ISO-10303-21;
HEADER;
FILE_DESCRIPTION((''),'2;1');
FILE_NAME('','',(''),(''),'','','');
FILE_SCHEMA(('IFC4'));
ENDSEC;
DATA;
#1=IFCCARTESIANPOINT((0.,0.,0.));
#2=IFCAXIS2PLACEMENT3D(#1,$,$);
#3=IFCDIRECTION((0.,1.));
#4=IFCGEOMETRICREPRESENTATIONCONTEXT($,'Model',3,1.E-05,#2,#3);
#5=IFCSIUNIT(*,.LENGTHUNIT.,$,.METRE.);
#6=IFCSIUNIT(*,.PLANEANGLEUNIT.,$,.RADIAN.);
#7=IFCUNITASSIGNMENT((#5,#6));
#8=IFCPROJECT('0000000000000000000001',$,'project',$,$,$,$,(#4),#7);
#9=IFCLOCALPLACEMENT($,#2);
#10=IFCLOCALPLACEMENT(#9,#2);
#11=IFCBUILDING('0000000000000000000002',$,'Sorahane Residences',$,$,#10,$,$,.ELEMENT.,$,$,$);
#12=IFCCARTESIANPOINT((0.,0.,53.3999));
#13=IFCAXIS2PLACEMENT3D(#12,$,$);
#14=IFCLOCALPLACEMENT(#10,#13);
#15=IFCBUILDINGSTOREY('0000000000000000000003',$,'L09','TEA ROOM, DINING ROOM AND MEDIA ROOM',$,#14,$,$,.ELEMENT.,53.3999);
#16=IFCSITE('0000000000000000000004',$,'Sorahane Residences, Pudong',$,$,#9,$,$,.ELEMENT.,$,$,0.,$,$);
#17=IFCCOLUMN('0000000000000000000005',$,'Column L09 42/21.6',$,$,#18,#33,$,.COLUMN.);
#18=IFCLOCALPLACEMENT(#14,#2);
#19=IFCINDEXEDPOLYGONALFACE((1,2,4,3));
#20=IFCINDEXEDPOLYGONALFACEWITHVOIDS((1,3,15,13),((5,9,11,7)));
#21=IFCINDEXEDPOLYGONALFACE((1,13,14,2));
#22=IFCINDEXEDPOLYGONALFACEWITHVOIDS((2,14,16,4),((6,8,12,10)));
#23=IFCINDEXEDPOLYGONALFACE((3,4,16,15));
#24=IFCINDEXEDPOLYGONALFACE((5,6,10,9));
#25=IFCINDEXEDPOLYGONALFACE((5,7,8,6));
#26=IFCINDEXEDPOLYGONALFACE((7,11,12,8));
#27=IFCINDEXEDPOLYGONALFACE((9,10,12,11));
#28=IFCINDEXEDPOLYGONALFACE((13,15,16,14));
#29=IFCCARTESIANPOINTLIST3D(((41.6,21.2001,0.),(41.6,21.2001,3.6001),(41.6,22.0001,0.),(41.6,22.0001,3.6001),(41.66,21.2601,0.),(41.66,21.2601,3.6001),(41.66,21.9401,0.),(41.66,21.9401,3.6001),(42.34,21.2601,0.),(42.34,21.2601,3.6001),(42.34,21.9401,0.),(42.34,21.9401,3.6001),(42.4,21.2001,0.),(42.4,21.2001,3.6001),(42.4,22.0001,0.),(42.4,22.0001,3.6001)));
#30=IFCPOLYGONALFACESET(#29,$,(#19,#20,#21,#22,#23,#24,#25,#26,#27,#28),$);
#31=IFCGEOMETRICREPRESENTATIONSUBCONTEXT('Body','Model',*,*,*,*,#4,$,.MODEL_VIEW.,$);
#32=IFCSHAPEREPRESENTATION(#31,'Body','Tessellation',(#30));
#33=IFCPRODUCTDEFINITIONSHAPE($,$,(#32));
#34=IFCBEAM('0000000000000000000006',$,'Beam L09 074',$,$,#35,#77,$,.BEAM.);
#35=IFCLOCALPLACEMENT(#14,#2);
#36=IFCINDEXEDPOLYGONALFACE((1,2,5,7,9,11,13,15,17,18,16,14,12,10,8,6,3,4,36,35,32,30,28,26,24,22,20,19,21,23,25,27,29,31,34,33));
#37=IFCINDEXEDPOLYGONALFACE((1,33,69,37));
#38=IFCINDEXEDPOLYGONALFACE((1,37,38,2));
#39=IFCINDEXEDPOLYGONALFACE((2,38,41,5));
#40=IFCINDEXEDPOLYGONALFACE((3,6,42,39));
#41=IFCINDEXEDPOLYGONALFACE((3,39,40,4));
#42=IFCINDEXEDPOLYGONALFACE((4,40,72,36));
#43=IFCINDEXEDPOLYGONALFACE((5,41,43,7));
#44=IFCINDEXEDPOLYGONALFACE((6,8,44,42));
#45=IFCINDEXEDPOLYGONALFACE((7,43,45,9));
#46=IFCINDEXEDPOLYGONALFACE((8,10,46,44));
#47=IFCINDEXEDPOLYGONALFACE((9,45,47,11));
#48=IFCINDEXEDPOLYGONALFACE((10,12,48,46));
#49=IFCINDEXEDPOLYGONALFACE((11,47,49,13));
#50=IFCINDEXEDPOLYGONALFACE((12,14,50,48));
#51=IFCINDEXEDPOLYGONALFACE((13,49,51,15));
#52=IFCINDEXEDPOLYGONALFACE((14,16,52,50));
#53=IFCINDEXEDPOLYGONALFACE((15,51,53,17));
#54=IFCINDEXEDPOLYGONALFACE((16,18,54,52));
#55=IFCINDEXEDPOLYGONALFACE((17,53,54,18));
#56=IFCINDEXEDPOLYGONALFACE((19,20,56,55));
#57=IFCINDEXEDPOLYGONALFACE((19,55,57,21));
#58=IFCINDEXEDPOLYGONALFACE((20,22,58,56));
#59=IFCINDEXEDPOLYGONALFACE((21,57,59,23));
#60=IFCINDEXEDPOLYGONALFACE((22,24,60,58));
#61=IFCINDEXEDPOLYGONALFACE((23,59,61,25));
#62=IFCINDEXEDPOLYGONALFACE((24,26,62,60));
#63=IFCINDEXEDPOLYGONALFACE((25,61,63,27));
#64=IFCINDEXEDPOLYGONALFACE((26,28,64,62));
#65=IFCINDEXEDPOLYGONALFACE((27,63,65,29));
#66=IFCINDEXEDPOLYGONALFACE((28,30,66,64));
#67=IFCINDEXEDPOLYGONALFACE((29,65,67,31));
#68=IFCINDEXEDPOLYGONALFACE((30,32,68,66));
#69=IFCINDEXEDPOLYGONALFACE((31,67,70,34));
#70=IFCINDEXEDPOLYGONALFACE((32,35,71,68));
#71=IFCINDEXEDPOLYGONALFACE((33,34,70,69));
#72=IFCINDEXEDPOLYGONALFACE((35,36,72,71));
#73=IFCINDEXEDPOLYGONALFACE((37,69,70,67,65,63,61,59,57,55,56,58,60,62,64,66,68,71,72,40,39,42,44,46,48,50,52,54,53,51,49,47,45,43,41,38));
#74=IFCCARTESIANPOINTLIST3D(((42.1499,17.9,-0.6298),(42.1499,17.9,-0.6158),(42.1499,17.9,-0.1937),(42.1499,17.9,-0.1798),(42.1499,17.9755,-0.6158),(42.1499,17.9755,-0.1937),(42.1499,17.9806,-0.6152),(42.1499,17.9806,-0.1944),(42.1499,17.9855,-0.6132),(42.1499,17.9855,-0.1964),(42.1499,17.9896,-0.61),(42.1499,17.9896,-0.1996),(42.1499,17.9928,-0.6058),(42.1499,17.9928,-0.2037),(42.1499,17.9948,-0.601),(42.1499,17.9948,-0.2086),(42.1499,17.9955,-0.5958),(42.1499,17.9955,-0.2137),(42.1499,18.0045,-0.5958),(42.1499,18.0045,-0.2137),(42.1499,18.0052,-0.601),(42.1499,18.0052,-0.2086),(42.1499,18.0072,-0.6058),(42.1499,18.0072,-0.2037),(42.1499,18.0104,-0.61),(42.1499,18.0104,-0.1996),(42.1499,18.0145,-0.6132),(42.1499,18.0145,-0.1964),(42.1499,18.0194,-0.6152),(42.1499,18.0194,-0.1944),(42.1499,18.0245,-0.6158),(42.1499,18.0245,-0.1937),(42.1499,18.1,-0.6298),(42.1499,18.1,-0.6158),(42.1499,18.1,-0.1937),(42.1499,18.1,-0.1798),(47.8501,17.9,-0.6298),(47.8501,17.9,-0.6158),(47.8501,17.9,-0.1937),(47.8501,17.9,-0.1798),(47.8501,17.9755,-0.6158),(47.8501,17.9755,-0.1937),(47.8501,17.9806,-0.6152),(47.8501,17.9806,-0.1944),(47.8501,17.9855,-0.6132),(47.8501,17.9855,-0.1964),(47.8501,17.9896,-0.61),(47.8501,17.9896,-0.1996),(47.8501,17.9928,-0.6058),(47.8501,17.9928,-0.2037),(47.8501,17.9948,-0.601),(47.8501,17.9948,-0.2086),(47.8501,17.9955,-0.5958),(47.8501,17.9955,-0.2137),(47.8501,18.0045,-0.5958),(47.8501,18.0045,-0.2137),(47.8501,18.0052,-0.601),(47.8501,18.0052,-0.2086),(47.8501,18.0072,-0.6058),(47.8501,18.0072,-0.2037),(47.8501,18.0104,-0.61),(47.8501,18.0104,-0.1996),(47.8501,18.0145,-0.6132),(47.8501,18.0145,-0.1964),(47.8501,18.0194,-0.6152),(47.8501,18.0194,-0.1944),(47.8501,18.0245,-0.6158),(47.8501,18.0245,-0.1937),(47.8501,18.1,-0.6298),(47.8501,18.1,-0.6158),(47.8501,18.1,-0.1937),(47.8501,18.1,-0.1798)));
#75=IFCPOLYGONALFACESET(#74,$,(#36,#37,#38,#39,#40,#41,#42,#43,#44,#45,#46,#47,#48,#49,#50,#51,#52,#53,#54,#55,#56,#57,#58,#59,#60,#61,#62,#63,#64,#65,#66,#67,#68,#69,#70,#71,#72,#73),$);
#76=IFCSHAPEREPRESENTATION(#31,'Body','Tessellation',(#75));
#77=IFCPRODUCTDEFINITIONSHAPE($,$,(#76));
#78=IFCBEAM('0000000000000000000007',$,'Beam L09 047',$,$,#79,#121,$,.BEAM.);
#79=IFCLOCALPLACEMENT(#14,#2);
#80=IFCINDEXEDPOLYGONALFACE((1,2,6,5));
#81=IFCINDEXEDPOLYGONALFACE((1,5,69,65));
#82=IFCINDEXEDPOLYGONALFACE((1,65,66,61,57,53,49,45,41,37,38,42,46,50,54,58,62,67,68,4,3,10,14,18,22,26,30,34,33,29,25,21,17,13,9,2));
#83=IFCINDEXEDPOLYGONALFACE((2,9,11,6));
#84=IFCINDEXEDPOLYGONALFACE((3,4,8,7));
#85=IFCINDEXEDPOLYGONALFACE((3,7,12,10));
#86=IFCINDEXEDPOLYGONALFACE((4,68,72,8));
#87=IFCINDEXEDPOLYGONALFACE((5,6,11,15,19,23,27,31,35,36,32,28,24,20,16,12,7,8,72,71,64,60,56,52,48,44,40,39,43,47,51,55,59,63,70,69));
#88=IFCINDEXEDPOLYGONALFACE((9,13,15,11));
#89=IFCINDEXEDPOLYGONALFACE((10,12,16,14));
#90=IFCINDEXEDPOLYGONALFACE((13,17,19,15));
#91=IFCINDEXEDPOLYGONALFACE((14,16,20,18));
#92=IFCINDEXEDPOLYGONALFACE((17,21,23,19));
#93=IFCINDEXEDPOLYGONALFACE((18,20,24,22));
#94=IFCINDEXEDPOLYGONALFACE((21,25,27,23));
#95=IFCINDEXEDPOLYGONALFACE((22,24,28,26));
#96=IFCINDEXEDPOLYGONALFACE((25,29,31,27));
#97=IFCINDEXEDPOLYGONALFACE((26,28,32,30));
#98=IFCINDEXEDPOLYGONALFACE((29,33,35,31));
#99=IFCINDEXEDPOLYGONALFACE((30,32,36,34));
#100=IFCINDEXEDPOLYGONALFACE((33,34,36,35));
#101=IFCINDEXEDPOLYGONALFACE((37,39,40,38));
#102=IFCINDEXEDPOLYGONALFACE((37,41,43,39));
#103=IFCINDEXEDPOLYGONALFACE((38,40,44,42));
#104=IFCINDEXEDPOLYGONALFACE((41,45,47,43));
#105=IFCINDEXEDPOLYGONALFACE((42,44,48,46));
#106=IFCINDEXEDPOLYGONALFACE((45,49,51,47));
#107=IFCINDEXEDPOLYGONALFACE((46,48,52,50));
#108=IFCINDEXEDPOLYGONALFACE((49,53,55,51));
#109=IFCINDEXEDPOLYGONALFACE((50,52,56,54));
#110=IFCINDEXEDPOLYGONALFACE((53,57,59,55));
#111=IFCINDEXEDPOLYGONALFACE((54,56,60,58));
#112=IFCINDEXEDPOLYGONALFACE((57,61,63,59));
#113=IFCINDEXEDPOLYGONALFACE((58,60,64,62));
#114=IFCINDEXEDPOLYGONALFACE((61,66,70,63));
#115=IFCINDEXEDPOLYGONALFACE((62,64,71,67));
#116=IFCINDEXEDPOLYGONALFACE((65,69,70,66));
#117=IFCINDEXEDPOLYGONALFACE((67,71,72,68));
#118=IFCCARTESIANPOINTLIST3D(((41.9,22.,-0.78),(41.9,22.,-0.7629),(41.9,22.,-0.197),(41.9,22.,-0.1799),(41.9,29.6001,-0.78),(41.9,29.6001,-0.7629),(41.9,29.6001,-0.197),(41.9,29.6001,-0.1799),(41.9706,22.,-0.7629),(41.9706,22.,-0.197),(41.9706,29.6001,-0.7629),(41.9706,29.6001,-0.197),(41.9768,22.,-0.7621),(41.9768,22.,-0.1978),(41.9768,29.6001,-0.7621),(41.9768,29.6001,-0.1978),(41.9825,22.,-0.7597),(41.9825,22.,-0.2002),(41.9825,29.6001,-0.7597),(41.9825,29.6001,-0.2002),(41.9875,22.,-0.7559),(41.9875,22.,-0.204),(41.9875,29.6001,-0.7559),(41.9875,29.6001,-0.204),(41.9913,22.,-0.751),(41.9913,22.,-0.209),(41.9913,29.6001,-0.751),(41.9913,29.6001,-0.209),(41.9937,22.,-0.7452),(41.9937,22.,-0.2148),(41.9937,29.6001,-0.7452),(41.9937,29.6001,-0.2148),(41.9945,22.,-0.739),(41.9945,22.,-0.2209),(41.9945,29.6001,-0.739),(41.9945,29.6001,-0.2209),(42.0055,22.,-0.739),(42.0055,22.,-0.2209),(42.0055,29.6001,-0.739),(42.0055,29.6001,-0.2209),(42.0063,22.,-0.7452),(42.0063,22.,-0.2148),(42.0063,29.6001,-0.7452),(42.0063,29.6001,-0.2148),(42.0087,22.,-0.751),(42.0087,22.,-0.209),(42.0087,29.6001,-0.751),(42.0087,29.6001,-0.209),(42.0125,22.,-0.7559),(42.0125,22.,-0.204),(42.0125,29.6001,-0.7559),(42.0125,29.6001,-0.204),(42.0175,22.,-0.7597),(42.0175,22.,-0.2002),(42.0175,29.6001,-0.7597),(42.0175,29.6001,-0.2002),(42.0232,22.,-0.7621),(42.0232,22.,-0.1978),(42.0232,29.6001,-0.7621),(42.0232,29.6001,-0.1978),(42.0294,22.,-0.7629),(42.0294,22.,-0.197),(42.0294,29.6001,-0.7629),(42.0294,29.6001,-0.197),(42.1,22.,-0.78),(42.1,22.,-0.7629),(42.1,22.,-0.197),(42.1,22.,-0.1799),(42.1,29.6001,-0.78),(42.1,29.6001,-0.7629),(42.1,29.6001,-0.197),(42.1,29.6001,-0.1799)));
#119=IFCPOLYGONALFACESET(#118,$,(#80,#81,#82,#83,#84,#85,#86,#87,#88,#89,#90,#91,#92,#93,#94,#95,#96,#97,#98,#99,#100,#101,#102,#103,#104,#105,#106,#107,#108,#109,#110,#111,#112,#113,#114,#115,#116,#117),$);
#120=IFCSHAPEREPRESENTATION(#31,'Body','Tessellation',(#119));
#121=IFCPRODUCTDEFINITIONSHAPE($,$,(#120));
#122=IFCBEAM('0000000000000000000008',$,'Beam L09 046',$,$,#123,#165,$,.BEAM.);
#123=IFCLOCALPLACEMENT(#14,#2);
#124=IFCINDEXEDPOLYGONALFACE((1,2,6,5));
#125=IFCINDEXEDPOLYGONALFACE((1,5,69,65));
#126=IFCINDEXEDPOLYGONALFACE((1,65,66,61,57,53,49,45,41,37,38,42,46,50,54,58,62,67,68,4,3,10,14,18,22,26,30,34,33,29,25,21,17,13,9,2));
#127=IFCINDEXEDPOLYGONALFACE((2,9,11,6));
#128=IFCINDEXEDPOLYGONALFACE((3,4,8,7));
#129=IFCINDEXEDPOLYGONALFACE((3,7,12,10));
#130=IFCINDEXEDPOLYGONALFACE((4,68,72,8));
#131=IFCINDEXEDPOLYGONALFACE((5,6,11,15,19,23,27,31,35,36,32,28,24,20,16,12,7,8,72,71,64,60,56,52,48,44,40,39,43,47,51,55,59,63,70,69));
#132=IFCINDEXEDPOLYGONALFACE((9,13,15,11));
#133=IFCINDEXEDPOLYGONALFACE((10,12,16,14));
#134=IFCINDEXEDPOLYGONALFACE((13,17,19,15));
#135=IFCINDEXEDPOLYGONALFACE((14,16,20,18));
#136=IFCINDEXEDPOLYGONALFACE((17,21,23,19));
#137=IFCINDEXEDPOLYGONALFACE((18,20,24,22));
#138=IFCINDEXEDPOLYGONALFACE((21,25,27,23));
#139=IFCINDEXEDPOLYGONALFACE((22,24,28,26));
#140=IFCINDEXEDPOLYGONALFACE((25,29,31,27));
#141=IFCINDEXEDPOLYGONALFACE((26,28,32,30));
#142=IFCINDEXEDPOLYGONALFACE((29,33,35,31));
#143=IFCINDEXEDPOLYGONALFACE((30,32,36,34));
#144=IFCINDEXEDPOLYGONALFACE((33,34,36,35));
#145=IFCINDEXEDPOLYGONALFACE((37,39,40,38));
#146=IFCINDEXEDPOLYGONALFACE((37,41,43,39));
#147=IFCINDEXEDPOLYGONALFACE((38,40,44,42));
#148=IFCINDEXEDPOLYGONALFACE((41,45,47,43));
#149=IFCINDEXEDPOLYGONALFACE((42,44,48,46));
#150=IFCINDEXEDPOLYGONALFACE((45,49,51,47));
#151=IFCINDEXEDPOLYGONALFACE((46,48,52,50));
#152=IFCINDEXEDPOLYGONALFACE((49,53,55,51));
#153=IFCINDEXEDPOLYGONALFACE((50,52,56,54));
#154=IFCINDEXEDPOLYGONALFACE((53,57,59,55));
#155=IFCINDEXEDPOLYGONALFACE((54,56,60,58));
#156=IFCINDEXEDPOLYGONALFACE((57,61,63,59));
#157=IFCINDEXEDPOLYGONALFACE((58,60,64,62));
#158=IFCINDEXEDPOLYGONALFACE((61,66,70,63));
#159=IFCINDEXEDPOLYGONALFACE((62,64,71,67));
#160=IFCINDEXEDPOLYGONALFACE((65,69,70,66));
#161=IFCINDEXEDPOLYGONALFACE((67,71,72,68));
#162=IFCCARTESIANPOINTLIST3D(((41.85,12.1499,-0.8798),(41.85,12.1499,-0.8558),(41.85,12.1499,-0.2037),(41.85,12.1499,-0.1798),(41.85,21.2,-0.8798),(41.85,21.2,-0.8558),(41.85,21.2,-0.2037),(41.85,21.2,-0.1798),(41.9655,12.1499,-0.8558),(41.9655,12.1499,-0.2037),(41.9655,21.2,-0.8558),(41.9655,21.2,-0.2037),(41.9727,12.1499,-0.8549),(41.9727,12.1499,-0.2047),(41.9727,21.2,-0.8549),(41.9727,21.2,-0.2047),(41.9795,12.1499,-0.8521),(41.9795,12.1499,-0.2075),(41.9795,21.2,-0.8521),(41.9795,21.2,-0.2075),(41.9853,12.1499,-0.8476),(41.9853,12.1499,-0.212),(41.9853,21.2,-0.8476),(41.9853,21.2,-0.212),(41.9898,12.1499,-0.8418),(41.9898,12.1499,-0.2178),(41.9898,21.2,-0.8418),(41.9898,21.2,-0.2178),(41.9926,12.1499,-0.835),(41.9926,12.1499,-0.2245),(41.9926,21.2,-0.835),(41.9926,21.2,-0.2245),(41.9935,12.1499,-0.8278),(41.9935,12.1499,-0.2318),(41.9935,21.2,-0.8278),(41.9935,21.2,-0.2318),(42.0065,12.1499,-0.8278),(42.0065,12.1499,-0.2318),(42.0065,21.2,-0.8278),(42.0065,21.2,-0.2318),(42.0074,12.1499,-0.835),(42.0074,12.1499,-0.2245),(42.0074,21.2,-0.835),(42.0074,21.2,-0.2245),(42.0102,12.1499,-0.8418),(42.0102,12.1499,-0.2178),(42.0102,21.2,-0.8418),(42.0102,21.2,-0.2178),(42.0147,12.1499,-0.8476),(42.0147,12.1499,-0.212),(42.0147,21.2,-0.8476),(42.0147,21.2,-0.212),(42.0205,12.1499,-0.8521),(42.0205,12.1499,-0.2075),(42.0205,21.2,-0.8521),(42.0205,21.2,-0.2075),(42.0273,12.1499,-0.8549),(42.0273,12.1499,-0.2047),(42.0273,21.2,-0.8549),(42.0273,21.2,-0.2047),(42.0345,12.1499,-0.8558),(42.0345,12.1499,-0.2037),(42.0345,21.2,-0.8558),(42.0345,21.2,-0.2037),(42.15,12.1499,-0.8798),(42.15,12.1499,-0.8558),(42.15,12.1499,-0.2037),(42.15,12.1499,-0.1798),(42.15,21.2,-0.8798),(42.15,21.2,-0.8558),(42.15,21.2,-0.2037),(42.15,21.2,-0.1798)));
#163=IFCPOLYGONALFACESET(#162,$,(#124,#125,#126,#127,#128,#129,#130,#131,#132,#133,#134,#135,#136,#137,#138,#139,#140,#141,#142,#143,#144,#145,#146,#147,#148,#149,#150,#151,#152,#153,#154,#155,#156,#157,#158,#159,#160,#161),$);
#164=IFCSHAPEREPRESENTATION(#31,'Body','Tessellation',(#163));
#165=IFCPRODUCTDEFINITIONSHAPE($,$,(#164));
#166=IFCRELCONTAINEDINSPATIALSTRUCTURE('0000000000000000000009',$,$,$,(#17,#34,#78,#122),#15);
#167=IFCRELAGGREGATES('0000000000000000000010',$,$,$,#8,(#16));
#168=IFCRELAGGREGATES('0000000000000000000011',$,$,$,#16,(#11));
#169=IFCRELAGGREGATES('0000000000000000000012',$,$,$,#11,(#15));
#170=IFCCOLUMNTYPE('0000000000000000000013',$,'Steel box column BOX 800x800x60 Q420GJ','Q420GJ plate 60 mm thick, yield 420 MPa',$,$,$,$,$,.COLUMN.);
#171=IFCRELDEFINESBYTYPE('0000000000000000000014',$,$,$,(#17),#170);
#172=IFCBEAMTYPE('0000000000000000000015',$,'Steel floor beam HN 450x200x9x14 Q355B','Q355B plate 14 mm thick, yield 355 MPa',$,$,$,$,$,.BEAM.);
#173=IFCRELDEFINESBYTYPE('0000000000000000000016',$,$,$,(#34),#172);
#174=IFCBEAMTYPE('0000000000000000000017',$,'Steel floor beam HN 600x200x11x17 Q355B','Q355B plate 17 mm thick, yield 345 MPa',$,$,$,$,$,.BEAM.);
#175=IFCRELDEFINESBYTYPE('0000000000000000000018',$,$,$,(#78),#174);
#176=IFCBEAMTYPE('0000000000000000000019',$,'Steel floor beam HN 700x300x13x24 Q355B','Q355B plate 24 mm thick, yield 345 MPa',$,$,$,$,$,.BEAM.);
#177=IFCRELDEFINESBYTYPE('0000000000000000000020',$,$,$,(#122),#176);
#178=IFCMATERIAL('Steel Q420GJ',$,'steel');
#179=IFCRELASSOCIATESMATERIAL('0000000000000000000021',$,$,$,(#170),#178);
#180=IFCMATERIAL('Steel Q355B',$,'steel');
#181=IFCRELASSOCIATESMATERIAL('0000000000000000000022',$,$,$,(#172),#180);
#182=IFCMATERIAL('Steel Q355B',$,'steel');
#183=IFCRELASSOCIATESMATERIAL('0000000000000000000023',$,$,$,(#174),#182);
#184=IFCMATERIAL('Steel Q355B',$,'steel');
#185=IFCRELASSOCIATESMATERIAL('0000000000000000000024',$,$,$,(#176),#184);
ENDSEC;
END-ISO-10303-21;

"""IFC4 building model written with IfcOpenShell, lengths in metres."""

from ifc_helpers import new_model, si_unit, direction, frame, origin, origin_2d, place, context, subcontext, project, spatial, hollow_rectangle, i_section, extrude, material, material_profile, profile_set, type_object, element, save


model = new_model("IFC4")

# Units and contexts
model_context = context("Model", 3, precision=1e-05, world=origin(), true_north=direction((0.0, 1.0)))
body_context = subcontext(model_context, "Body", "Model", "MODEL_VIEW")
ifc_project = project(units=[si_unit("LENGTHUNIT", "METRE"), si_unit("PLANEANGLEUNIT", "RADIAN")], contexts=[model_context])

# Site, building, storey
site_placement = place(None, origin())
site = spatial("IfcSite", under=ifc_project, at=site_placement, Name="Sorahane Residences, Pudong", CompositionType="ELEMENT", RefElevation=0.0)
building_placement = place(site_placement, origin())
building = spatial("IfcBuilding", under=site, at=building_placement, Name="Sorahane Residences", CompositionType="ELEMENT")
storey_placement = place(building_placement, frame((0.0, 0.0, 53.3999)))
storey = spatial("IfcBuildingStorey", under=building, at=storey_placement, Name="L09", Description="TEA ROOM, DINING ROOM AND MEDIA ROOM", CompositionType="ELEMENT", Elevation=53.3999)

# Column
ifc_material_1 = material(Name="Steel Q420GJ", Category="steel")
ifc_material_profile_1 = material_profile(ifc_material_1, hollow_rectangle(XDim=0.8, YDim=0.8, WallThickness=0.0601, at=origin_2d()), Name="BOX 800x800x60")
ifc_profile_set_1 = profile_set([ifc_material_profile_1], Name="Steel Q420GJ")
column_type = type_object("IfcColumnType", Name="Steel box column BOX 800x800x60 Q420GJ", Description="Q420GJ plate 60 mm thick, yield 420 MPa", PredefinedType="COLUMN", material=ifc_profile_set_1)
column_placement = place(storey_placement, frame((42.0, 21.6001, 0.0), z_axis=(0.0, 0.0, 1.0), x_axis=(1.0, 0.0, 0.0)))
element("IfcColumn", 1, at=column_placement, inside=storey, type_object=column_type, Name="Column L09 42/21.6", PredefinedType="COLUMN", context=body_context, shape_type="SweptSolid", body=[
    extrude(hollow_rectangle(XDim=0.8, YDim=0.8, WallThickness=0.0601, at=origin_2d()), origin(), (0.0, 0.0, 1.0), 3.6001),
])

# Beams
ifc_material_2 = material(Name="Steel Q355B", Category="steel")
ifc_material_profile_2 = material_profile(ifc_material_2, i_section(OverallWidth=0.2, OverallDepth=0.45, WebThickness=0.009, FlangeThickness=0.0139, FilletRadius=0.02, at=origin_2d()), Name="HN 450x200x9x14")
ifc_profile_set_2 = profile_set([ifc_material_profile_2], Name="Steel Q355B")
beam_type_1 = type_object("IfcBeamType", Name="Steel floor beam HN 450x200x9x14 Q355B", Description="Q355B plate 14 mm thick, yield 355 MPa", PredefinedType="BEAM", material=ifc_profile_set_2)
beam_1_placement = place(storey_placement, frame((42.1499, 18.0, -0.4048), z_axis=(1.0, 0.0, 0.0), x_axis=(0.0, 1.0, 0.0)))
element("IfcBeam", 2, at=beam_1_placement, inside=storey, type_object=beam_type_1, Name="Beam L09 074", PredefinedType="BEAM", context=body_context, shape_type="SweptSolid", body=[
    extrude(i_section(OverallWidth=0.2, OverallDepth=0.45, WebThickness=0.009, FlangeThickness=0.0139, FilletRadius=0.02, at=origin_2d()), origin(), (0.0, 0.0, 1.0), 5.7002),
])
ifc_material_3 = material(Name="Steel Q355B", Category="steel")
ifc_material_profile_3 = material_profile(ifc_material_3, i_section(OverallWidth=0.2, OverallDepth=0.6001, WebThickness=0.011, FlangeThickness=0.0171, FilletRadius=0.0239, at=origin_2d()), Name="HN 600x200x11x17")
ifc_profile_set_3 = profile_set([ifc_material_profile_3], Name="Steel Q355B")
beam_type_2 = type_object("IfcBeamType", Name="Steel floor beam HN 600x200x11x17 Q355B", Description="Q355B plate 17 mm thick, yield 345 MPa", PredefinedType="BEAM", material=ifc_profile_set_3)
beam_2_placement = place(storey_placement, frame((42.0, 22.0, -0.48), z_axis=(0.0, 1.0, 0.0), x_axis=(-1.0, 0.0, 0.0)))
element("IfcBeam", 3, at=beam_2_placement, inside=storey, type_object=beam_type_2, Name="Beam L09 047", PredefinedType="BEAM", context=body_context, shape_type="SweptSolid", body=[
    extrude(i_section(OverallWidth=0.2, OverallDepth=0.6001, WebThickness=0.011, FlangeThickness=0.0171, FilletRadius=0.0239, at=origin_2d()), origin(), (0.0, 0.0, 1.0), 7.6001),
])
ifc_material_4 = material(Name="Steel Q355B", Category="steel")
ifc_material_profile_4 = material_profile(ifc_material_4, i_section(OverallWidth=0.3, OverallDepth=0.7, WebThickness=0.0129, FlangeThickness=0.0239, FilletRadius=0.0281, at=origin_2d()), Name="HN 700x300x13x24")
ifc_profile_set_4 = profile_set([ifc_material_profile_4], Name="Steel Q355B")
beam_type_3 = type_object("IfcBeamType", Name="Steel floor beam HN 700x300x13x24 Q355B", Description="Q355B plate 24 mm thick, yield 345 MPa", PredefinedType="BEAM", material=ifc_profile_set_4)
beam_3_placement = place(storey_placement, frame((42.0, 12.1499, -0.5298), z_axis=(0.0, 1.0, 0.0), x_axis=(-1.0, 0.0, 0.0)))
element("IfcBeam", 4, at=beam_3_placement, inside=storey, type_object=beam_type_3, Name="Beam L09 046", PredefinedType="BEAM", context=body_context, shape_type="SweptSolid", body=[
    extrude(i_section(OverallWidth=0.3, OverallDepth=0.7, WebThickness=0.0129, FlangeThickness=0.0239, FilletRadius=0.0281, at=origin_2d()), origin(), (0.0, 0.0, 1.0), 9.05),
])

save(model, "model.ifc")
